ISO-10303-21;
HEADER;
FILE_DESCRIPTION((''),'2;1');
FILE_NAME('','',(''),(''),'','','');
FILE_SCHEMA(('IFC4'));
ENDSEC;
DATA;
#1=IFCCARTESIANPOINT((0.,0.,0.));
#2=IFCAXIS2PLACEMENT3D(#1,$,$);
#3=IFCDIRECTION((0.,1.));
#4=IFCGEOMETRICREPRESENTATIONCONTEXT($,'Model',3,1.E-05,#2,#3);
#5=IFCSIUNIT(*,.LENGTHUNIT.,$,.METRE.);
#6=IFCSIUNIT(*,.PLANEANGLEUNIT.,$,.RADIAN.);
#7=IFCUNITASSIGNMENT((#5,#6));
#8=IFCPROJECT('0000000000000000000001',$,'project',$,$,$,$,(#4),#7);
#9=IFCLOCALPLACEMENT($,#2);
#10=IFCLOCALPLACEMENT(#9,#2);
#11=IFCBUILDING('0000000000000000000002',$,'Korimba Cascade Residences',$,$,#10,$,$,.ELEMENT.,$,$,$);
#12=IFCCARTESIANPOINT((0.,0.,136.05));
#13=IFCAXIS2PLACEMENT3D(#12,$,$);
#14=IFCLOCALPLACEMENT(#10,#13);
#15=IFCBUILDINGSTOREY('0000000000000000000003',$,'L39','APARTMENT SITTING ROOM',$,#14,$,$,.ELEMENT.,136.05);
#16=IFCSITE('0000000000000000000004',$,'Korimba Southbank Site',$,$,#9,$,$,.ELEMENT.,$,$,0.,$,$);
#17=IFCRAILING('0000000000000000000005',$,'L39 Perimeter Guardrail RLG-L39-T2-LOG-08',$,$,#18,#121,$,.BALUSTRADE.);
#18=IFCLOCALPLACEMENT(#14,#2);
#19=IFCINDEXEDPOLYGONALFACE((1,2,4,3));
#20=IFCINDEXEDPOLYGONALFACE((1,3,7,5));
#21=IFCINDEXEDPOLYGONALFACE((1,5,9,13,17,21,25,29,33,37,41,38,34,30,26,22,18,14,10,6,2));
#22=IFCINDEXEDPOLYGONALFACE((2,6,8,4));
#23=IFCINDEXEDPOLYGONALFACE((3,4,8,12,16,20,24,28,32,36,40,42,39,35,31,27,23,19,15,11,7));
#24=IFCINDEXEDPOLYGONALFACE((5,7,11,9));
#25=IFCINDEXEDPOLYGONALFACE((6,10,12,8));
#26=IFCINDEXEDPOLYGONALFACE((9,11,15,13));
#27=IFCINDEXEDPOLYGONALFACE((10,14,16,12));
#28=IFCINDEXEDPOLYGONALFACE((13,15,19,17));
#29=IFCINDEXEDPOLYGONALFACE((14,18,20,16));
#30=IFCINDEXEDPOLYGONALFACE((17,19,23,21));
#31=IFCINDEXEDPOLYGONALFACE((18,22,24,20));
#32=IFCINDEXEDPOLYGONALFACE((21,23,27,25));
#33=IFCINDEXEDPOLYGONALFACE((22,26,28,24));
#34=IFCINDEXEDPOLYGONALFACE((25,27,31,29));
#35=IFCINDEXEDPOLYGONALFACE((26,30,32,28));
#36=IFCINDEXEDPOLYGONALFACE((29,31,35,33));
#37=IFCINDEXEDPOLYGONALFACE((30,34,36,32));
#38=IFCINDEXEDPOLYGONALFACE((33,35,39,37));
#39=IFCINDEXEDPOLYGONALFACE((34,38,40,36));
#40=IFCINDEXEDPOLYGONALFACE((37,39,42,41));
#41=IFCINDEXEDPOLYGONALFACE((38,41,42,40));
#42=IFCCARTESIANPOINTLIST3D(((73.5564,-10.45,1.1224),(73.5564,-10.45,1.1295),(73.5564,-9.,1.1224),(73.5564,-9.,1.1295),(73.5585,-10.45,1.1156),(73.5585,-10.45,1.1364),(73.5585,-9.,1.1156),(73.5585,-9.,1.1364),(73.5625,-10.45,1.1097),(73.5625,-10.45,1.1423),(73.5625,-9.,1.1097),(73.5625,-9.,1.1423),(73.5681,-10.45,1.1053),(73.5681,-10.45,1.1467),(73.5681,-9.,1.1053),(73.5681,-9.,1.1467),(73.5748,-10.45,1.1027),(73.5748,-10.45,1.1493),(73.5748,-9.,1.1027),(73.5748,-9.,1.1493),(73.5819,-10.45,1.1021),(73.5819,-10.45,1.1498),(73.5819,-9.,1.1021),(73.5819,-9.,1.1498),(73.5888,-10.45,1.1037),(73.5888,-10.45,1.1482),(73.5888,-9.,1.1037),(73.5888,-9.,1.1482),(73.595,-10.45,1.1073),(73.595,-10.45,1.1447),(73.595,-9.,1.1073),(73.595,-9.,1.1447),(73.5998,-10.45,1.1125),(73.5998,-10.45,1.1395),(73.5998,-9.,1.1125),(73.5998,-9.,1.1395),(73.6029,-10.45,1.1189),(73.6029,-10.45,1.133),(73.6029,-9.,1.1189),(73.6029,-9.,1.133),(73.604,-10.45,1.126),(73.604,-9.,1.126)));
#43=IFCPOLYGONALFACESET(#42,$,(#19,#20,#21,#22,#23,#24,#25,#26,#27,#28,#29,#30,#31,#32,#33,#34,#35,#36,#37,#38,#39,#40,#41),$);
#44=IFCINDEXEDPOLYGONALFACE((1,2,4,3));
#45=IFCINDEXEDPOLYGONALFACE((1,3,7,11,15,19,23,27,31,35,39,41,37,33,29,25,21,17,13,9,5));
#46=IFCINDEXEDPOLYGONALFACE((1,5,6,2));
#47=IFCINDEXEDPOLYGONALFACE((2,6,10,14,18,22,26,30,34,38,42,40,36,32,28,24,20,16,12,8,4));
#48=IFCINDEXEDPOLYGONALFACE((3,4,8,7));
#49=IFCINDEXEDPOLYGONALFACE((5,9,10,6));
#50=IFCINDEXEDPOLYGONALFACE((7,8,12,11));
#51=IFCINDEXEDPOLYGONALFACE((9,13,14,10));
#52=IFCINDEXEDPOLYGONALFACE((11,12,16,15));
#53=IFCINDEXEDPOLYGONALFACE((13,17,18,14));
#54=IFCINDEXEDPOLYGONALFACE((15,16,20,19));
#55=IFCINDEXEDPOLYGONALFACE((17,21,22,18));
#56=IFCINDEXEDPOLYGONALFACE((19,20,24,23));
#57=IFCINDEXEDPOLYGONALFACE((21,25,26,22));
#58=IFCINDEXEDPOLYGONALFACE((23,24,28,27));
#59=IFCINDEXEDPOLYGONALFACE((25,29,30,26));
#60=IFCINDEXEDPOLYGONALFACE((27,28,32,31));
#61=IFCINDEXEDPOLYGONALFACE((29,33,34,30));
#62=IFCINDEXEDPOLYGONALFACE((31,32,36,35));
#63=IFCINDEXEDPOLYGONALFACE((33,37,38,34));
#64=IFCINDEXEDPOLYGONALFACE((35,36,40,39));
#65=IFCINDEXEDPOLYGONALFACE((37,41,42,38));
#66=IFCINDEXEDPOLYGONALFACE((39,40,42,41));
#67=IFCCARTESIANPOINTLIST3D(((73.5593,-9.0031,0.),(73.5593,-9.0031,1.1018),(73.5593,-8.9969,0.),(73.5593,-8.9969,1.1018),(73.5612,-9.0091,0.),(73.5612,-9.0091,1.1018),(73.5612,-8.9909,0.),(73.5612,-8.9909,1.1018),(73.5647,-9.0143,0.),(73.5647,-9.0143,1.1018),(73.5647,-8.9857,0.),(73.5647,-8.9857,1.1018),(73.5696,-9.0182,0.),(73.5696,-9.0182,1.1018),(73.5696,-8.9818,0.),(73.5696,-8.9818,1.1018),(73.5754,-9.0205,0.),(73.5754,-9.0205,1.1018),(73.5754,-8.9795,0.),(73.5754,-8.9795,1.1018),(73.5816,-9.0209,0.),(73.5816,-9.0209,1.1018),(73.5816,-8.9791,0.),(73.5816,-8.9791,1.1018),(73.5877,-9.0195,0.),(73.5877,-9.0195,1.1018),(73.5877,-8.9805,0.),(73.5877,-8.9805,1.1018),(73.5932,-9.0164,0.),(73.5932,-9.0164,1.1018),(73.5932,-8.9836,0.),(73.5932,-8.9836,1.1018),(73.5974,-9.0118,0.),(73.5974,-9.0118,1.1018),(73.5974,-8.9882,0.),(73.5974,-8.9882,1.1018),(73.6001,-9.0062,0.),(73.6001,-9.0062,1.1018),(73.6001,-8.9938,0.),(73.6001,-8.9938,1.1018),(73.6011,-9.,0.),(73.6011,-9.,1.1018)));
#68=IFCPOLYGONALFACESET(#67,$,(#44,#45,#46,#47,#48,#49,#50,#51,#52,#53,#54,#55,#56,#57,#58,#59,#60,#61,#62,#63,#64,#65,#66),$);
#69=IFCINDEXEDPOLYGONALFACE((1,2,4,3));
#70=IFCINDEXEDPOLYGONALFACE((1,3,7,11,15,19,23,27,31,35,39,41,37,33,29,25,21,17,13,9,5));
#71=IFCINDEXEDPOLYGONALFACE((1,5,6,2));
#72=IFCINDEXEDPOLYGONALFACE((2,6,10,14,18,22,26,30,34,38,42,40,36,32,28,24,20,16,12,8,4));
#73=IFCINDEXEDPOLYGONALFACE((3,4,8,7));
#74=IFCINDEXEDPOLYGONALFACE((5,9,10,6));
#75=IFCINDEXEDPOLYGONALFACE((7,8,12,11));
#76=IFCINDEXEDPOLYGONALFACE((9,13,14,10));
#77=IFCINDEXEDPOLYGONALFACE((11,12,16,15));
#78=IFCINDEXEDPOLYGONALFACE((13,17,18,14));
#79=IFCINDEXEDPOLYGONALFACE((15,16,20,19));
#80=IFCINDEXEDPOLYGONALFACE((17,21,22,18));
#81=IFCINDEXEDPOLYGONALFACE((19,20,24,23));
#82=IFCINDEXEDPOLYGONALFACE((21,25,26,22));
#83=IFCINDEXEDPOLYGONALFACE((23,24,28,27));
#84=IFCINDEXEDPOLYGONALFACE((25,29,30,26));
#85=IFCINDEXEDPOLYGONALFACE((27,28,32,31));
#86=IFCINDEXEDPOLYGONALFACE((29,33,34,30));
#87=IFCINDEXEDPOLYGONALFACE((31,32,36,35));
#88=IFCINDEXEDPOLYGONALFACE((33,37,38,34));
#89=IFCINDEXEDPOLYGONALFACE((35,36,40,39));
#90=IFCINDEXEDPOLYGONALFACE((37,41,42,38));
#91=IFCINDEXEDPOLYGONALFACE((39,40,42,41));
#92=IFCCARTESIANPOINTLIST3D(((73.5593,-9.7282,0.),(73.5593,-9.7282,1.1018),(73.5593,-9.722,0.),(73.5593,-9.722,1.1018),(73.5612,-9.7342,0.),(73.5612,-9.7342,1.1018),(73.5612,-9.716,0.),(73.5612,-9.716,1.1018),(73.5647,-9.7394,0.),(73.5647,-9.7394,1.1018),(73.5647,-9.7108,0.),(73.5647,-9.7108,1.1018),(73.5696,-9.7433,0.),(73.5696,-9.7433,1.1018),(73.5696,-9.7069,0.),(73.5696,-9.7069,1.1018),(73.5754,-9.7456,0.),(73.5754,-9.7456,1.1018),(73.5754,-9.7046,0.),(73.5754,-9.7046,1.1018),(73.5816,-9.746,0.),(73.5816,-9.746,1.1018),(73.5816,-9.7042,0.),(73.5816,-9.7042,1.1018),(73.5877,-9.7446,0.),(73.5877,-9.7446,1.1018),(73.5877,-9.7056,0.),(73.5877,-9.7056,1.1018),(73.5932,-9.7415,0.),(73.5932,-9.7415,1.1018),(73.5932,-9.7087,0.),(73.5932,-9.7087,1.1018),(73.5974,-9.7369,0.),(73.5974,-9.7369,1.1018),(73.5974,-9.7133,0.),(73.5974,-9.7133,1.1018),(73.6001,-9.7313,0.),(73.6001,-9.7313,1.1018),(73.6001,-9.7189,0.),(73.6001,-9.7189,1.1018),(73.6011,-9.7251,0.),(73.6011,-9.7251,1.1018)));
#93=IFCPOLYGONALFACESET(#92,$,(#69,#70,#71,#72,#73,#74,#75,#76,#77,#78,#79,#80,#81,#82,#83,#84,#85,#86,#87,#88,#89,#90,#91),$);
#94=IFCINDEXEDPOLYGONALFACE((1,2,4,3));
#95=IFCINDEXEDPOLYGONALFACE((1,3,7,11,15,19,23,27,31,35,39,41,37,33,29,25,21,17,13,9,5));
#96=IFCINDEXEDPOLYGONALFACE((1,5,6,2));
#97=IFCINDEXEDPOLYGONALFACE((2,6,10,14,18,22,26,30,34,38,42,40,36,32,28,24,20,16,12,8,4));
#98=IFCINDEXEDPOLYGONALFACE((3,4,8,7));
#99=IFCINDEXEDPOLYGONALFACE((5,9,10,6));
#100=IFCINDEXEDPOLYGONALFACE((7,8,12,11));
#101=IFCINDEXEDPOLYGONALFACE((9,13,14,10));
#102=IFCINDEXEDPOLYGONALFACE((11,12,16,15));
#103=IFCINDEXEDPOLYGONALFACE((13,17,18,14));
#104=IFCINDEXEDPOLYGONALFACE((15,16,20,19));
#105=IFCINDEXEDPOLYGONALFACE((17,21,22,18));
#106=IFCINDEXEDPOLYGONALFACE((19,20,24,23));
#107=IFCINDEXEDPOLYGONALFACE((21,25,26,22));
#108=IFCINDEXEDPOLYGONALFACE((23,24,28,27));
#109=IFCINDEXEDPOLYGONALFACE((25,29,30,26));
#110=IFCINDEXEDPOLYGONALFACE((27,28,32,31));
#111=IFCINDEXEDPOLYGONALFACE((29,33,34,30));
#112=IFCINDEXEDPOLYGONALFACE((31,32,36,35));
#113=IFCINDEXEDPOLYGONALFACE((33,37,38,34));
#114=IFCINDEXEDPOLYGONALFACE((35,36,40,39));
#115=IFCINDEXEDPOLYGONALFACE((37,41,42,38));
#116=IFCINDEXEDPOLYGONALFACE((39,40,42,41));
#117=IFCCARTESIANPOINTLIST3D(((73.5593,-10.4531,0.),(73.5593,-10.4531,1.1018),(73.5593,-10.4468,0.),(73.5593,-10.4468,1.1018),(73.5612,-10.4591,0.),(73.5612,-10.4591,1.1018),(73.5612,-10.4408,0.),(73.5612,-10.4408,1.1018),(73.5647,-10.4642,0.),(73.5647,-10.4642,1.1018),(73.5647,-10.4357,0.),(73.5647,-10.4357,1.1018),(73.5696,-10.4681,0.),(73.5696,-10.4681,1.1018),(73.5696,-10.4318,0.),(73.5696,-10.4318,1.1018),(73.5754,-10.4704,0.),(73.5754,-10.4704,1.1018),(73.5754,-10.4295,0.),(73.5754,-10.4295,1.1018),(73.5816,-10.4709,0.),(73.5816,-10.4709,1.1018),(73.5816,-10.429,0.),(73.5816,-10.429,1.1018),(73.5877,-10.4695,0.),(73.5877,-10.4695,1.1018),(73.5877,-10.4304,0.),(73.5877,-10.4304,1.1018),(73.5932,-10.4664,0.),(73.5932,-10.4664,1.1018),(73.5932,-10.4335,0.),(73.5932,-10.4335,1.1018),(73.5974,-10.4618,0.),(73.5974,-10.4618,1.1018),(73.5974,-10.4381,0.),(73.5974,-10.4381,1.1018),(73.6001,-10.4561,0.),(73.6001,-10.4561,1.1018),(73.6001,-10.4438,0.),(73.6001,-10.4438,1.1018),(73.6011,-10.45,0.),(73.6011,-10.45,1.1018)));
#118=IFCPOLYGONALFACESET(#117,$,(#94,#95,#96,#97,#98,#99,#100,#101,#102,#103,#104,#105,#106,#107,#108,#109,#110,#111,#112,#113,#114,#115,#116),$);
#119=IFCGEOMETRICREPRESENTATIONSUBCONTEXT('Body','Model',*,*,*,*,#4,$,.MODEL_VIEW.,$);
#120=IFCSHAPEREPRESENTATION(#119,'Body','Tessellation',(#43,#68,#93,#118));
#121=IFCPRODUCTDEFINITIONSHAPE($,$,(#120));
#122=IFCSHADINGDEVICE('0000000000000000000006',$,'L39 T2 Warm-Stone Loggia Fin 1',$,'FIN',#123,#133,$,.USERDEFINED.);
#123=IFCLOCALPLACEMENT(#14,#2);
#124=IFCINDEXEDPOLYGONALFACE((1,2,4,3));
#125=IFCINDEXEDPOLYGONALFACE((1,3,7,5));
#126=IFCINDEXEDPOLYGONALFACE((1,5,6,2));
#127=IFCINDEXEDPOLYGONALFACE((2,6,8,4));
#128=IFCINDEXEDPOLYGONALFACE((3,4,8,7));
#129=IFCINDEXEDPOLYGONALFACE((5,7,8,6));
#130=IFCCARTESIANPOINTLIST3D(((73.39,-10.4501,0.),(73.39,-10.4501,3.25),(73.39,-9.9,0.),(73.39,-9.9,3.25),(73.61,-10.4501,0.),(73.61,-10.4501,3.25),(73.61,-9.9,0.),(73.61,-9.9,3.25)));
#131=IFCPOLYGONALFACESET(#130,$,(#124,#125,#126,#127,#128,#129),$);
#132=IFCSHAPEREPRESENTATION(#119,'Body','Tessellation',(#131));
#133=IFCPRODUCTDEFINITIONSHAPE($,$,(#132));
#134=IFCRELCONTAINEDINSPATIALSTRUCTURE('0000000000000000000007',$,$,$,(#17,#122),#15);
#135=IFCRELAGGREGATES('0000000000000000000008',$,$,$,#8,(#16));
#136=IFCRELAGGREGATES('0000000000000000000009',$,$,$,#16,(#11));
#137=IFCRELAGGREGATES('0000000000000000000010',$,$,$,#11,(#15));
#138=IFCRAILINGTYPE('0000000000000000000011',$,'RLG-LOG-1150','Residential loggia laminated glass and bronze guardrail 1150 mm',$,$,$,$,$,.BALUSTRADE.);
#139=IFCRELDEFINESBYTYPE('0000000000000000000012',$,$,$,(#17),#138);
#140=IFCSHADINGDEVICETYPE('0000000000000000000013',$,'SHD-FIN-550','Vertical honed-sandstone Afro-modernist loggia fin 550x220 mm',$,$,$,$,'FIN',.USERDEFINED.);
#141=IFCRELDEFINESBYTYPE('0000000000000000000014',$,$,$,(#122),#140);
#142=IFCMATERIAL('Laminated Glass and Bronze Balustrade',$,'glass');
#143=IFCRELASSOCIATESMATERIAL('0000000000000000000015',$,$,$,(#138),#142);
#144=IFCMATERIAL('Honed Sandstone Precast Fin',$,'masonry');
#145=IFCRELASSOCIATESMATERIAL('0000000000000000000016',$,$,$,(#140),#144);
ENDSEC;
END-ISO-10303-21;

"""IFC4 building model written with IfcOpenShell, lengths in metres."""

from ifc_helpers import new_model, si_unit, direction, frame, origin, origin_2d, place, context, subcontext, project, spatial, rectangle, circle, extrude, material, type_object, element, save


model = new_model("IFC4")

# Units and contexts
model_context = context("Model", 3, precision=1e-05, world=origin(), true_north=direction((0.0, 1.0)))
body_context = subcontext(model_context, "Body", "Model", "MODEL_VIEW")
ifc_project = project(units=[si_unit("LENGTHUNIT", "METRE"), si_unit("PLANEANGLEUNIT", "RADIAN")], contexts=[model_context])

# Site, building, storey
site_placement = place(None, origin())
site = spatial("IfcSite", under=ifc_project, at=site_placement, Name="Korimba Southbank Site", CompositionType="ELEMENT", RefElevation=0.0)
building_placement = place(site_placement, origin())
building = spatial("IfcBuilding", under=site, at=building_placement, Name="Korimba Cascade Residences", CompositionType="ELEMENT")
storey_placement = place(building_placement, frame((0.0, 0.0, 136.05)))
storey = spatial("IfcBuildingStorey", under=building, at=storey_placement, Name="L39", Description="APARTMENT SITTING ROOM", CompositionType="ELEMENT", Elevation=136.05)

# Railing
ifc_material_1 = material(Name="Laminated Glass and Bronze Balustrade", Category="glass")
railing_type = type_object("IfcRailingType", Name="RLG-LOG-1150", Description="Residential loggia laminated glass and bronze guardrail 1150 mm", PredefinedType="BALUSTRADE", material=ifc_material_1)
railing_1_placement = place(storey_placement, frame((73.5801, -9.0, 0.0)))
element("IfcRailing", 1, at=railing_1_placement, inside=storey, type_object=railing_type, Name="L39 Perimeter Guardrail RLG-L39-T2-LOG-08", PredefinedType="BALUSTRADE", context=body_context, shape_type="SweptSolid", body=[
    extrude(circle(Radius=0.0239, at=origin_2d()), frame((0.0, 0.0, 1.126), z_axis=(0.0, -1.0, 0.0), x_axis=(1.0, 0.0, 0.0)), (0.0, 0.0, 1.0), 1.45),
    extrude(circle(Radius=0.021, at=origin_2d()), origin(), (0.0, 0.0, 1.0), 1.1018),
    extrude(circle(Radius=0.021, at=origin_2d()), frame((0.0, -0.7251, 0.0)), (0.0, 0.0, 1.0), 1.1018),
    extrude(circle(Radius=0.021, at=origin_2d()), frame((0.0, -1.45, 0.0)), (0.0, 0.0, 1.0), 1.1018),
])

# Shading device
ifc_material_2 = material(Name="Honed Sandstone Precast Fin", Category="masonry")
shading_device_type = type_object("IfcShadingDeviceType", Name="SHD-FIN-550", Description="Vertical honed-sandstone Afro-modernist loggia fin 550x220 mm", ElementType="FIN", PredefinedType="USERDEFINED", material=ifc_material_2)
shading_device_placement = place(storey_placement, frame((73.5, -10.175, 0.0), z_axis=(0.0, 0.0, 1.0), x_axis=(1.0, 0.0, 0.0)))
element("IfcShadingDevice", 2, at=shading_device_placement, inside=storey, type_object=shading_device_type, Name="L39 T2 Warm-Stone Loggia Fin 1", ObjectType="FIN", PredefinedType="USERDEFINED", context=body_context, shape_type="SweptSolid", body=[
    extrude(rectangle(XDim=0.22, YDim=0.55, at=origin_2d()), origin(), (0.0, 0.0, 1.0), 3.25),
])

save(model, "model.ifc")
